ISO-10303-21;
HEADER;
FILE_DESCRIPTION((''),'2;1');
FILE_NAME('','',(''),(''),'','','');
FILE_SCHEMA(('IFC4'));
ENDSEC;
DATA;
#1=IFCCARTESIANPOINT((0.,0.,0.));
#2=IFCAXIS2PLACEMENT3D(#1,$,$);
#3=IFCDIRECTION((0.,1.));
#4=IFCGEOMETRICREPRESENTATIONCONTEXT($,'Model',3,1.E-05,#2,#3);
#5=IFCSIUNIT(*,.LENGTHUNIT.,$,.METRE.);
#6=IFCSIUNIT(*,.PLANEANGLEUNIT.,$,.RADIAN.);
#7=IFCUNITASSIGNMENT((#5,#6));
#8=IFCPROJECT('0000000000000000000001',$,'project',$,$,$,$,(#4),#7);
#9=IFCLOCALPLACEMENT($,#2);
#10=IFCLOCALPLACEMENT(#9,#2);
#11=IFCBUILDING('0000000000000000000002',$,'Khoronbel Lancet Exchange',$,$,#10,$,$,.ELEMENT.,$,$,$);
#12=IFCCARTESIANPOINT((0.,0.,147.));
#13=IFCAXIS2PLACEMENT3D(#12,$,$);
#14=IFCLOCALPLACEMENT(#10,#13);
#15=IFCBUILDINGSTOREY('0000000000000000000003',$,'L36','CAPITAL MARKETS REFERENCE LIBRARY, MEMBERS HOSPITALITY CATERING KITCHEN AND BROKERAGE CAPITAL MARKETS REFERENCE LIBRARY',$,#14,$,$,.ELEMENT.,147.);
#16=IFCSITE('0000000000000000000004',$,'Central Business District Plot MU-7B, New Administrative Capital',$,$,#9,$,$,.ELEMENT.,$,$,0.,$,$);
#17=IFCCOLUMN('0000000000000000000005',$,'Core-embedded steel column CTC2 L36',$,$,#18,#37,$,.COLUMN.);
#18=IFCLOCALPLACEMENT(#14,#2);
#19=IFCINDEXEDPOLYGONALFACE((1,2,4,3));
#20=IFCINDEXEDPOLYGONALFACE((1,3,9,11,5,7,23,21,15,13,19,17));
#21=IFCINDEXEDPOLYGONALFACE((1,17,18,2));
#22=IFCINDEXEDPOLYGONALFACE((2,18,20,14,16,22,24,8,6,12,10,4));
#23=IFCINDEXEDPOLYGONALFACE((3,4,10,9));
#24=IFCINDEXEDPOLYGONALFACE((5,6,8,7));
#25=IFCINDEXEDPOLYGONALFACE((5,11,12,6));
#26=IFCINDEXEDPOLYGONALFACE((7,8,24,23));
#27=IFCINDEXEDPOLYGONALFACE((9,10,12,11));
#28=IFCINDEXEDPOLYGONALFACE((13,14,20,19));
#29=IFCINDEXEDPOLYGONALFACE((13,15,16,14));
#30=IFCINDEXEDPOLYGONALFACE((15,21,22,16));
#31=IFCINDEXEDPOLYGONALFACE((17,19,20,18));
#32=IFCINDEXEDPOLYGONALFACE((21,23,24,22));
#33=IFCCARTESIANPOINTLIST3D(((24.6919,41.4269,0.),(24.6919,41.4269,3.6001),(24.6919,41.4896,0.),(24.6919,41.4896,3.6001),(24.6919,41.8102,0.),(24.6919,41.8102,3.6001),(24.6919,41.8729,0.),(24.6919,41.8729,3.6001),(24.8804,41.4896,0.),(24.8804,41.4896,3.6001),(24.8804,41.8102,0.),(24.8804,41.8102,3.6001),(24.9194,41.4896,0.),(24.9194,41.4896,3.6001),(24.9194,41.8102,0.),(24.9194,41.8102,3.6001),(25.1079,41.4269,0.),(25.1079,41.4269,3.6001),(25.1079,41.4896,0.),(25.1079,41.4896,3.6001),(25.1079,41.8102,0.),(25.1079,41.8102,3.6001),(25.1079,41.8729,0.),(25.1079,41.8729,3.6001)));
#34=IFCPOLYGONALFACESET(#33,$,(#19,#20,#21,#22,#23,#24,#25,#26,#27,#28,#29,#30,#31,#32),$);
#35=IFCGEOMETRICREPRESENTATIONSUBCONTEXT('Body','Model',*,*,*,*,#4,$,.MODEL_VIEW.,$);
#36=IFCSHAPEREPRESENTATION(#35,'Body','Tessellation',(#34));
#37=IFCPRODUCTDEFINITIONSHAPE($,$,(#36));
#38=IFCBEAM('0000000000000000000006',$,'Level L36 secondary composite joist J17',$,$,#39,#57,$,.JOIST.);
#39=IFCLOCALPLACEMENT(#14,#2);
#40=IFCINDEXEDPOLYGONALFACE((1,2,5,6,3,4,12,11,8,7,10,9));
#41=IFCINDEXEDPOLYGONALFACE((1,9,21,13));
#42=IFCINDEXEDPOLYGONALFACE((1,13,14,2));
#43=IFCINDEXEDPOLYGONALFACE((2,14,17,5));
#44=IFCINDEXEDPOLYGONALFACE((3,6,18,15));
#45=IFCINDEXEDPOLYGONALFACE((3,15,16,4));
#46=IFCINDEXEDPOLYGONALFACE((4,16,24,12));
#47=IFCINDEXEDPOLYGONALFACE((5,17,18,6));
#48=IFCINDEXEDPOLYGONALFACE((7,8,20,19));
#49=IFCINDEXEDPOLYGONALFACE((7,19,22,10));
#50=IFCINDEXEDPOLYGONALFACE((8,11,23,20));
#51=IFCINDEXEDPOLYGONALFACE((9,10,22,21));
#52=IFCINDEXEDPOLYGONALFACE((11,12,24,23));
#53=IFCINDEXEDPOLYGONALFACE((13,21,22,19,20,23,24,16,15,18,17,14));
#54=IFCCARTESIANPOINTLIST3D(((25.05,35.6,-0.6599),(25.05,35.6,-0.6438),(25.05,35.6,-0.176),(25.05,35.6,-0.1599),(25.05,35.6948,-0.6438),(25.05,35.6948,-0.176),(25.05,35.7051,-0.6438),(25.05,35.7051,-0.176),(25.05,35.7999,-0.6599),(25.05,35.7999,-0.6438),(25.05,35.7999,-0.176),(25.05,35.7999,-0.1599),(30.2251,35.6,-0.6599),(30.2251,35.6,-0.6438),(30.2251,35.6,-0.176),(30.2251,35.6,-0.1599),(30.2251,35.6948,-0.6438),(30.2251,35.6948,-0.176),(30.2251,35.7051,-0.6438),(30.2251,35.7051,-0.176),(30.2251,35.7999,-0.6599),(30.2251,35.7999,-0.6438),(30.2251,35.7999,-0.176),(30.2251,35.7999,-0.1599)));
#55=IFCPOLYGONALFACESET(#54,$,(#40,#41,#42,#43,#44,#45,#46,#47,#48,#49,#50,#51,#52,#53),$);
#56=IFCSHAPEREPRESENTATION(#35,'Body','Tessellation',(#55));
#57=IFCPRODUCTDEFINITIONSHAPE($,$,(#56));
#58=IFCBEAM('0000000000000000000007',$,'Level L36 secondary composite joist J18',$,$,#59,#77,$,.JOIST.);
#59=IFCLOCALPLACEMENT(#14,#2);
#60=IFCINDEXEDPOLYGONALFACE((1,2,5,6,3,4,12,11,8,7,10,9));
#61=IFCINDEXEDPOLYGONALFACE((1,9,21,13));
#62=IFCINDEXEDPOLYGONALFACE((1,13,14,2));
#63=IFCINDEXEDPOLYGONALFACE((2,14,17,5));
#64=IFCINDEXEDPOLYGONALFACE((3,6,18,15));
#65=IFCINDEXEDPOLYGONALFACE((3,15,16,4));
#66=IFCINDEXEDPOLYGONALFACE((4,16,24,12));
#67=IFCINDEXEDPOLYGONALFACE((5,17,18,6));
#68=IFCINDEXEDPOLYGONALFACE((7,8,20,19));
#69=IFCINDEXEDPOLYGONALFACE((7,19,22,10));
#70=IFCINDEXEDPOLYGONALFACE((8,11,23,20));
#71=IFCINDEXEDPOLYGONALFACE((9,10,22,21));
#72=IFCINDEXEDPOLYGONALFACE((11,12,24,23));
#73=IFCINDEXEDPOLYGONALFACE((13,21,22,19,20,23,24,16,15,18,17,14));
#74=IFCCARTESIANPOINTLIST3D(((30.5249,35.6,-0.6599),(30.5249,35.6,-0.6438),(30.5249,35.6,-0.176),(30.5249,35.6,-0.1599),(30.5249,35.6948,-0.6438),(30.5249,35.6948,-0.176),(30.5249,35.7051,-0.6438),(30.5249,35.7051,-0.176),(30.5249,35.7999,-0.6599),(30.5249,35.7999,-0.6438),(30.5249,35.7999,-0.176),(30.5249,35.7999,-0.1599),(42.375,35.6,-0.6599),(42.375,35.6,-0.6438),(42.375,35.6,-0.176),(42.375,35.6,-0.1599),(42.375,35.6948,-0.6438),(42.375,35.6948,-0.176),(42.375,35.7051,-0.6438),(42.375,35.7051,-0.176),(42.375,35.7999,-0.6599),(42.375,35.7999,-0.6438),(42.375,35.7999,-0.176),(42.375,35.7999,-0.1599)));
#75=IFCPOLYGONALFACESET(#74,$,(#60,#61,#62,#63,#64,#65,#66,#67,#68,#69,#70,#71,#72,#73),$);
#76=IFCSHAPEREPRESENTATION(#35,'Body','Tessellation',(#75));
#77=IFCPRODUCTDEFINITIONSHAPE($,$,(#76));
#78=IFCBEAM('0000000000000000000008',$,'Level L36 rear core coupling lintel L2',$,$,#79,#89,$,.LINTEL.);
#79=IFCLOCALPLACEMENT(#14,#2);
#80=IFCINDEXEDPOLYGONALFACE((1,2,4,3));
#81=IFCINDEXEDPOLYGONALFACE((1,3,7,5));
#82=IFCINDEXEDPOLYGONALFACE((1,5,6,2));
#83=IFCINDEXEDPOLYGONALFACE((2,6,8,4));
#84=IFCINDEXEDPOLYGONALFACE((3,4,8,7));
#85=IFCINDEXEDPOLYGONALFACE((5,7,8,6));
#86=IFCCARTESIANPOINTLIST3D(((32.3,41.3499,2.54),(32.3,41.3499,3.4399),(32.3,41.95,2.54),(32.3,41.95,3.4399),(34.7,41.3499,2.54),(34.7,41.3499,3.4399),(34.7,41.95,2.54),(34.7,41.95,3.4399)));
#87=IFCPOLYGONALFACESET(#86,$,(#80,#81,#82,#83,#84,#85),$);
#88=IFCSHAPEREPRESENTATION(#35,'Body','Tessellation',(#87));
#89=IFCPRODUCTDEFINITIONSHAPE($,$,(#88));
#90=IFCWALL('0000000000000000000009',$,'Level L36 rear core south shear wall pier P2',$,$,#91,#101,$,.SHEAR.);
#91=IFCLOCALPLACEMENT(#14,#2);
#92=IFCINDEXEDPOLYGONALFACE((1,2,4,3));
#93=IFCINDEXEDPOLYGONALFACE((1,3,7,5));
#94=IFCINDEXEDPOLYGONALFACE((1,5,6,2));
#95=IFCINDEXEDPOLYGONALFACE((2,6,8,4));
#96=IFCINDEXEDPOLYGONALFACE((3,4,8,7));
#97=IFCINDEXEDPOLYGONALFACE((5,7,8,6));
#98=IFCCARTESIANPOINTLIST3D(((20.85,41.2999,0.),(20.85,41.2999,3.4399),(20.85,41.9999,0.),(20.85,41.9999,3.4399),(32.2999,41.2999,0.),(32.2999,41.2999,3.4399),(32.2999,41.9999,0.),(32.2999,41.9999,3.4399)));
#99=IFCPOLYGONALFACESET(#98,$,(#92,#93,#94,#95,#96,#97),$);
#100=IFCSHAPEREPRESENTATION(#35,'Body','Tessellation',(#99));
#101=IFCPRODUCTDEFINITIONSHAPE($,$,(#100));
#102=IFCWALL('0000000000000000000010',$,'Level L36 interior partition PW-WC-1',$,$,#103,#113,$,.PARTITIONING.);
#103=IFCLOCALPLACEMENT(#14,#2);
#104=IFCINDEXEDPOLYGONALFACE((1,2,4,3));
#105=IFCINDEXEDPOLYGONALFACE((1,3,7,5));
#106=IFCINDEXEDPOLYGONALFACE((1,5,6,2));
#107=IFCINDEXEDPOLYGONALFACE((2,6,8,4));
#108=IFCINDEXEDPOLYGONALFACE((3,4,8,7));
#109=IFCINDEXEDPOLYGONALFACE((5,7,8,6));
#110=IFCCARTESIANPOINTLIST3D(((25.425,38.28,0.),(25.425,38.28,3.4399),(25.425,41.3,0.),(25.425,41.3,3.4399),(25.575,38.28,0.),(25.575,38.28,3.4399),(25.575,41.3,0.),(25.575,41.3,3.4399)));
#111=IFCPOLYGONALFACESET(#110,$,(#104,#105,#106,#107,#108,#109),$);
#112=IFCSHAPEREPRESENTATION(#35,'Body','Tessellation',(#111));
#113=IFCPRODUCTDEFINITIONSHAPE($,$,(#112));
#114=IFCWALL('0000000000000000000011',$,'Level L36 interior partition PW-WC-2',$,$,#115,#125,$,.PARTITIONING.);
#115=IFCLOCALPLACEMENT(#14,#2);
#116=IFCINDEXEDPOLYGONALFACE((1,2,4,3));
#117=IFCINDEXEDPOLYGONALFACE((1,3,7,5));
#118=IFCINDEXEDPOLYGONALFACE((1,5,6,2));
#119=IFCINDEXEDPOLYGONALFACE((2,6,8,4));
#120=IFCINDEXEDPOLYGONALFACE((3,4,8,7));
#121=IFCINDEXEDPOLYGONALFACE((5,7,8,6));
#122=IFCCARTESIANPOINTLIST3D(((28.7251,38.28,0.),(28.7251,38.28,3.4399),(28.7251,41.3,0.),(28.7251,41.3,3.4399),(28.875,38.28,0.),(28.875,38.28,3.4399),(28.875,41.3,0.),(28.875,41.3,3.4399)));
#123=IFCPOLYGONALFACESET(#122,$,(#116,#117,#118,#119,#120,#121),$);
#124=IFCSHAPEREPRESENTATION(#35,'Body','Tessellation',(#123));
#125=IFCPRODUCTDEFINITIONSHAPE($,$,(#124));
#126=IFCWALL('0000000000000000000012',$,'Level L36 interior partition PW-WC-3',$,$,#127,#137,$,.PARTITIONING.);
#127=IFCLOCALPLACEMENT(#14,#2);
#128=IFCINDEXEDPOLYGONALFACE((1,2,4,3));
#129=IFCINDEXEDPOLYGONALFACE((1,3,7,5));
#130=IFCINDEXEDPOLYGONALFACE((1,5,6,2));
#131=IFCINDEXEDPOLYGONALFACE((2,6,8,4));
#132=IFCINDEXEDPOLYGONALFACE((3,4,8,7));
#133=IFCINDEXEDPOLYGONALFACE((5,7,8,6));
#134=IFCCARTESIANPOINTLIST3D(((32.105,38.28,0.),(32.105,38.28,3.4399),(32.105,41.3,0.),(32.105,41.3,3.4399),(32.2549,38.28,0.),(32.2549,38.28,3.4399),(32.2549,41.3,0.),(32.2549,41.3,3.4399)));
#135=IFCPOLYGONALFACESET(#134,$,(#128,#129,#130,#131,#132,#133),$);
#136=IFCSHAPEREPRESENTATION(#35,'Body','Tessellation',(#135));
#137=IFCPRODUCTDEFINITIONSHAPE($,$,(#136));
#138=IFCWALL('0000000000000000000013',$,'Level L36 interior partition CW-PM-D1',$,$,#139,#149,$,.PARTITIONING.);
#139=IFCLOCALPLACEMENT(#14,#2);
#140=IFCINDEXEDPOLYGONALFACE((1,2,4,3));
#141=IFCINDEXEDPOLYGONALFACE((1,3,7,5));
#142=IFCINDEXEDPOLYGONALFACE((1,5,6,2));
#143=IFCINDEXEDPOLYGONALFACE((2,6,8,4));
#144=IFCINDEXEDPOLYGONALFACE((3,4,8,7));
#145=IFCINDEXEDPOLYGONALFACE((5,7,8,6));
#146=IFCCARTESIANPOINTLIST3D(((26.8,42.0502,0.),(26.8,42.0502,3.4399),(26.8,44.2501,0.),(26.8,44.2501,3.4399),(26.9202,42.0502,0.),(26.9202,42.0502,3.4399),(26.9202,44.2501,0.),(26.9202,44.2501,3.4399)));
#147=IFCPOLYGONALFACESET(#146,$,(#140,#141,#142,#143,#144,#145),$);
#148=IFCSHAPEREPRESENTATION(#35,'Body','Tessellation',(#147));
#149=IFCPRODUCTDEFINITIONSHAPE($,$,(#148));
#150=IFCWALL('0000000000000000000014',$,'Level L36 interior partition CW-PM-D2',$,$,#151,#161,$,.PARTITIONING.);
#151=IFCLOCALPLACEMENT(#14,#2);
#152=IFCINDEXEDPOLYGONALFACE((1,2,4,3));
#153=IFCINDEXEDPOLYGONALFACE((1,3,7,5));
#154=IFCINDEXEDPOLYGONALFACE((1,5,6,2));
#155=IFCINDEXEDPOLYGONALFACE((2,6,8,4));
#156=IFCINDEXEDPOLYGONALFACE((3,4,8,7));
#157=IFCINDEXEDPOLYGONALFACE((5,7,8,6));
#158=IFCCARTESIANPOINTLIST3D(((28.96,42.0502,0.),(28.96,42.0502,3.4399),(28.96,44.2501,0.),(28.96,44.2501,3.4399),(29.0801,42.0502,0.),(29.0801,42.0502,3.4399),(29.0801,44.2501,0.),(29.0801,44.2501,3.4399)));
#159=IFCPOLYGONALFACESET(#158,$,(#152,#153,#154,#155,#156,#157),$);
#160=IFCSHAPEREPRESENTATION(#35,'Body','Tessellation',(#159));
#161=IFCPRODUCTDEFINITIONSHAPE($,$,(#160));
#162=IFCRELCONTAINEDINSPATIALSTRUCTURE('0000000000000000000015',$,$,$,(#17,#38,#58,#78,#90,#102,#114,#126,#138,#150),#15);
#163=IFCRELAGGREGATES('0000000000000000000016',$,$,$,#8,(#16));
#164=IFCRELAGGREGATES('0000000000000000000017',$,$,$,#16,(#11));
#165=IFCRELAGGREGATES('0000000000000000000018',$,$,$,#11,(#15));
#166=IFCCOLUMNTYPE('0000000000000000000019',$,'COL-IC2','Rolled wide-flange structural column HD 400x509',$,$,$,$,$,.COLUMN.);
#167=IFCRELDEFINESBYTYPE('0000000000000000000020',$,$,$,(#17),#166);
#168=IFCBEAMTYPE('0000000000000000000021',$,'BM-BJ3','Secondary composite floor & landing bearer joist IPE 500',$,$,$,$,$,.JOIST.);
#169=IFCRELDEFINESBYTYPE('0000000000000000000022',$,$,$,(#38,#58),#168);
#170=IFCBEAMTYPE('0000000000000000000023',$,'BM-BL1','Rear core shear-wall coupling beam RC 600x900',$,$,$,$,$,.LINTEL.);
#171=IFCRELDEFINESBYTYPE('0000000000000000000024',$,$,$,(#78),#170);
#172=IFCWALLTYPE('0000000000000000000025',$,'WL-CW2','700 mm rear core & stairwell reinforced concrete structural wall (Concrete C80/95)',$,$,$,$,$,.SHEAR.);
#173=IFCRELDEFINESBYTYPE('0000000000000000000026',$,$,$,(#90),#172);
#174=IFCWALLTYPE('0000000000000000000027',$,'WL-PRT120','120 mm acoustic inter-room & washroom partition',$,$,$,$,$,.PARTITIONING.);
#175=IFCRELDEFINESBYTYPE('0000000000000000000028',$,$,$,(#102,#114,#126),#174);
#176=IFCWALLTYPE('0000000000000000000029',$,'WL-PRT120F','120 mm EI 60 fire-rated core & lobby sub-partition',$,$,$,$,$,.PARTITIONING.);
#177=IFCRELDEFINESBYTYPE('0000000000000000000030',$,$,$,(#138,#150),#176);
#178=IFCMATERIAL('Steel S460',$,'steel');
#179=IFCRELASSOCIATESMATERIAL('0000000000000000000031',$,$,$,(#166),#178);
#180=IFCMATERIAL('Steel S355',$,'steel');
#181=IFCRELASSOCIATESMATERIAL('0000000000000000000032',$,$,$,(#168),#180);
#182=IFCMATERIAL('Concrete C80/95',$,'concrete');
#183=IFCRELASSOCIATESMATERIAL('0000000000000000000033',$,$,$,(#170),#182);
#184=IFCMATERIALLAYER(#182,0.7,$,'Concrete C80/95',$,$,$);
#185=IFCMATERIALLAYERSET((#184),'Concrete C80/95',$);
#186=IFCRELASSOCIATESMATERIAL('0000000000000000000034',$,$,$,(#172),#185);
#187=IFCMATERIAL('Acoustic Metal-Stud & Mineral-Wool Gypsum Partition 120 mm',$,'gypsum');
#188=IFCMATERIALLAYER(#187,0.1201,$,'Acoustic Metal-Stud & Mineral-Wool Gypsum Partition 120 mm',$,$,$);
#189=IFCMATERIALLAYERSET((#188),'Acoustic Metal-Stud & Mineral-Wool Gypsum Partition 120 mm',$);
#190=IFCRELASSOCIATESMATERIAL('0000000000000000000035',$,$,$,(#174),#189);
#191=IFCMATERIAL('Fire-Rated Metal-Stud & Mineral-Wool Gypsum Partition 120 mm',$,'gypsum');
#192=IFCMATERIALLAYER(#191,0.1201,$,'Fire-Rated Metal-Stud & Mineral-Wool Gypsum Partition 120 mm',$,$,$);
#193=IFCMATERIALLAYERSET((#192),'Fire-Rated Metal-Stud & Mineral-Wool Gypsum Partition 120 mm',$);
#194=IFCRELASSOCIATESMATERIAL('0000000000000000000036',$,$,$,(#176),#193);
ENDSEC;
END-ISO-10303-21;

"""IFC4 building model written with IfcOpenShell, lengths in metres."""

from ifc_helpers import new_model, si_unit, direction, frame, frame_2d, origin, origin_2d, place, context, subcontext, project, spatial, rectangle, i_section, extrude, material, layer, layer_set, material_profile, profile_set, type_object, element, save


model = new_model("IFC4")

# Units and contexts
model_context = context("Model", 3, precision=1e-05, world=origin(), true_north=direction((0.0, 1.0)))
body_context = subcontext(model_context, "Body", "Model", "MODEL_VIEW")
ifc_project = project(units=[si_unit("LENGTHUNIT", "METRE"), si_unit("PLANEANGLEUNIT", "RADIAN")], contexts=[model_context])

# Site, building, storey
site_placement = place(None, origin())
site = spatial("IfcSite", under=ifc_project, at=site_placement, Name="Central Business District Plot MU-7B, New Administrative Capital", CompositionType="ELEMENT", RefElevation=0.0)
building_placement = place(site_placement, origin())
building = spatial("IfcBuilding", under=site, at=building_placement, Name="Khoronbel Lancet Exchange", CompositionType="ELEMENT")
storey_placement = place(building_placement, frame((0.0, 0.0, 147.0)))
storey = spatial("IfcBuildingStorey", under=building, at=storey_placement, Name="L36", Description="CAPITAL MARKETS REFERENCE LIBRARY, MEMBERS HOSPITALITY CATERING KITCHEN AND BROKERAGE CAPITAL MARKETS REFERENCE LIBRARY", CompositionType="ELEMENT", Elevation=147.0)

# Column
ifc_material_1 = material(Name="Steel S460", Category="steel")
ifc_material_profile_1 = material_profile(ifc_material_1, i_section(OverallWidth=0.416, OverallDepth=0.446, WebThickness=0.0391, FlangeThickness=0.0627, at=origin_2d()), Name="HD 400x509")
ifc_profile_set_1 = profile_set([ifc_material_profile_1], Name="Steel S460")
column_type = type_object("IfcColumnType", Name="COL-IC2", Description="Rolled wide-flange structural column HD 400x509", PredefinedType="COLUMN", material=ifc_profile_set_1)
column_placement = place(storey_placement, frame((24.8999, 41.6499, 0.0), z_axis=(0.0, 0.0, 1.0), x_axis=(1.0, 0.0, 0.0)))
element("IfcColumn", 1, at=column_placement, inside=storey, type_object=column_type, Name="Core-embedded steel column CTC2 L36", PredefinedType="COLUMN", context=body_context, shape_type="SweptSolid", body=[
    extrude(i_section(OverallWidth=0.416, OverallDepth=0.446, WebThickness=0.0391, FlangeThickness=0.0627, at=origin_2d()), origin(), (0.0, 0.0, 1.0), 3.6001),
])

# Beams
ifc_material_2 = material(Name="Steel S355", Category="steel")
ifc_material_profile_2 = material_profile(ifc_material_2, i_section(OverallWidth=0.2, OverallDepth=0.5, WebThickness=0.0103, FlangeThickness=0.0161, at=origin_2d()), Name="IPE 500")
ifc_profile_set_2 = profile_set([ifc_material_profile_2], Name="Steel S355")
beam_type_1 = type_object("IfcBeamType", Name="BM-BJ3", Description="Secondary composite floor & landing bearer joist IPE 500", PredefinedType="JOIST", material=ifc_profile_set_2)
beam_1_placement = place(storey_placement, frame((25.05, 35.7, -0.4099), z_axis=(1.0, 0.0, 0.0), x_axis=(0.0, 1.0, 0.0)))
element("IfcBeam", 2, at=beam_1_placement, inside=storey, type_object=beam_type_1, Name="Level L36 secondary composite joist J17", PredefinedType="JOIST", context=body_context, shape_type="SweptSolid", body=[
    extrude(i_section(OverallWidth=0.2, OverallDepth=0.5, WebThickness=0.0103, FlangeThickness=0.0161, at=origin_2d()), origin(), (0.0, 0.0, 1.0), 5.175),
])
beam_2_placement = place(storey_placement, frame((30.5249, 35.7, -0.4099), z_axis=(1.0, 0.0, 0.0), x_axis=(0.0, 1.0, 0.0)))
element("IfcBeam", 3, at=beam_2_placement, inside=storey, type_object=beam_type_1, Name="Level L36 secondary composite joist J18", PredefinedType="JOIST", context=body_context, shape_type="SweptSolid", body=[
    extrude(i_section(OverallWidth=0.2, OverallDepth=0.5, WebThickness=0.0103, FlangeThickness=0.0161, at=origin_2d()), origin(), (0.0, 0.0, 1.0), 11.8501),
])
ifc_material_3 = material(Name="Concrete C80/95", Category="concrete")
ifc_material_profile_3 = material_profile(ifc_material_3, rectangle(XDim=0.6001, YDim=0.8999, at=origin_2d()), Name="RC 600x900")
ifc_profile_set_3 = profile_set([ifc_material_profile_3], Name="Concrete C80/95")
beam_type_2 = type_object("IfcBeamType", Name="BM-BL1", Description="Rear core shear-wall coupling beam RC 600x900", PredefinedType="LINTEL", material=ifc_profile_set_3)
beam_3_placement = place(storey_placement, frame((32.3, 41.6499, 2.99), z_axis=(1.0, 0.0, 0.0), x_axis=(0.0, 1.0, 0.0)))
element("IfcBeam", 4, at=beam_3_placement, inside=storey, type_object=beam_type_2, Name="Level L36 rear core coupling lintel L2", PredefinedType="LINTEL", context=body_context, shape_type="SweptSolid", body=[
    extrude(rectangle(XDim=0.6001, YDim=0.8999, at=origin_2d()), origin(), (0.0, 0.0, 1.0), 2.3999),
])

# Walls
ifc_layer_1 = layer(ifc_material_3, 0.7, Name="Concrete C80/95")
ifc_layer_set_1 = layer_set([ifc_layer_1], Name="Concrete C80/95")
wall_type_1 = type_object("IfcWallType", Name="WL-CW2", Description="700 mm rear core & stairwell reinforced concrete structural wall (Concrete C80/95)", PredefinedType="SHEAR", material=ifc_layer_set_1)
wall_1_placement = place(storey_placement, frame((32.3, 41.6499, 0.0), z_axis=(0.0, 0.0, 1.0), x_axis=(-1.0, 0.0, 0.0)))
element("IfcWall", 5, at=wall_1_placement, inside=storey, type_object=wall_type_1, Name="Level L36 rear core south shear wall pier P2", PredefinedType="SHEAR", context=body_context, shape_type="SweptSolid", body=[
    extrude(rectangle(XDim=11.45, YDim=0.7, at=frame_2d((5.7251, 0.0))), origin(), (0.0, 0.0, 1.0), 3.4399),
])
ifc_material_4 = material(Name="Acoustic Metal-Stud & Mineral-Wool Gypsum Partition 120 mm", Category="gypsum")
ifc_layer_2 = layer(ifc_material_4, 0.1201, Name="Acoustic Metal-Stud & Mineral-Wool Gypsum Partition 120 mm")
ifc_layer_set_2 = layer_set([ifc_layer_2], Name="Acoustic Metal-Stud & Mineral-Wool Gypsum Partition 120 mm")
wall_type_2 = type_object("IfcWallType", Name="WL-PRT120", Description="120 mm acoustic inter-room & washroom partition", PredefinedType="PARTITIONING", material=ifc_layer_set_2)
for number, where, z_axis, x_axis, name in (
    (6, (25.5, 38.28, 0.0), (0.0, 0.0, 1.0), (0.0, 1.0, 0.0), "Level L36 interior partition PW-WC-1"),
    (7, (28.8, 38.28, 0.0), (0.0, 0.0, 1.0), (0.0, 1.0, 0.0), "Level L36 interior partition PW-WC-2"),
    (8, (32.1799, 38.28, 0.0), (0.0, 0.0, 1.0), (0.0, 1.0, 0.0), "Level L36 interior partition PW-WC-3"),
):
    element("IfcWall", number, at=place(storey_placement, frame(where, z_axis=z_axis, x_axis=x_axis)), inside=storey, type_object=wall_type_2, Name=name, PredefinedType="PARTITIONING", context=body_context, shape_type="SweptSolid", body=[
        extrude(rectangle(XDim=3.02, YDim=0.1499, at=frame_2d((1.51, 0.0))), origin(), (0.0, 0.0, 1.0), 3.4399),
    ])
ifc_material_5 = material(Name="Fire-Rated Metal-Stud & Mineral-Wool Gypsum Partition 120 mm", Category="gypsum")
ifc_layer_3 = layer(ifc_material_5, 0.1201, Name="Fire-Rated Metal-Stud & Mineral-Wool Gypsum Partition 120 mm")
ifc_layer_set_3 = layer_set([ifc_layer_3], Name="Fire-Rated Metal-Stud & Mineral-Wool Gypsum Partition 120 mm")
wall_type_3 = type_object("IfcWallType", Name="WL-PRT120F", Description="120 mm EI 60 fire-rated core & lobby sub-partition", PredefinedType="PARTITIONING", material=ifc_layer_set_3)
for number, where, z_axis, x_axis, name in (
    (9, (26.8601, 42.05, 0.0), (0.0, 0.0, 1.0), (0.0, 1.0, 0.0), "Level L36 interior partition CW-PM-D1"),
    (10, (29.02, 42.05, 0.0), (0.0, 0.0, 1.0), (0.0, 1.0, 0.0), "Level L36 interior partition CW-PM-D2"),
):
    element("IfcWall", number, at=place(storey_placement, frame(where, z_axis=z_axis, x_axis=x_axis)), inside=storey, type_object=wall_type_3, Name=name, PredefinedType="PARTITIONING", context=body_context, shape_type="SweptSolid", body=[
        extrude(rectangle(XDim=2.2, YDim=0.1201, at=frame_2d((1.1001, 0.0))), origin(), (0.0, 0.0, 1.0), 3.4399),
    ])

save(model, "model.ifc")
